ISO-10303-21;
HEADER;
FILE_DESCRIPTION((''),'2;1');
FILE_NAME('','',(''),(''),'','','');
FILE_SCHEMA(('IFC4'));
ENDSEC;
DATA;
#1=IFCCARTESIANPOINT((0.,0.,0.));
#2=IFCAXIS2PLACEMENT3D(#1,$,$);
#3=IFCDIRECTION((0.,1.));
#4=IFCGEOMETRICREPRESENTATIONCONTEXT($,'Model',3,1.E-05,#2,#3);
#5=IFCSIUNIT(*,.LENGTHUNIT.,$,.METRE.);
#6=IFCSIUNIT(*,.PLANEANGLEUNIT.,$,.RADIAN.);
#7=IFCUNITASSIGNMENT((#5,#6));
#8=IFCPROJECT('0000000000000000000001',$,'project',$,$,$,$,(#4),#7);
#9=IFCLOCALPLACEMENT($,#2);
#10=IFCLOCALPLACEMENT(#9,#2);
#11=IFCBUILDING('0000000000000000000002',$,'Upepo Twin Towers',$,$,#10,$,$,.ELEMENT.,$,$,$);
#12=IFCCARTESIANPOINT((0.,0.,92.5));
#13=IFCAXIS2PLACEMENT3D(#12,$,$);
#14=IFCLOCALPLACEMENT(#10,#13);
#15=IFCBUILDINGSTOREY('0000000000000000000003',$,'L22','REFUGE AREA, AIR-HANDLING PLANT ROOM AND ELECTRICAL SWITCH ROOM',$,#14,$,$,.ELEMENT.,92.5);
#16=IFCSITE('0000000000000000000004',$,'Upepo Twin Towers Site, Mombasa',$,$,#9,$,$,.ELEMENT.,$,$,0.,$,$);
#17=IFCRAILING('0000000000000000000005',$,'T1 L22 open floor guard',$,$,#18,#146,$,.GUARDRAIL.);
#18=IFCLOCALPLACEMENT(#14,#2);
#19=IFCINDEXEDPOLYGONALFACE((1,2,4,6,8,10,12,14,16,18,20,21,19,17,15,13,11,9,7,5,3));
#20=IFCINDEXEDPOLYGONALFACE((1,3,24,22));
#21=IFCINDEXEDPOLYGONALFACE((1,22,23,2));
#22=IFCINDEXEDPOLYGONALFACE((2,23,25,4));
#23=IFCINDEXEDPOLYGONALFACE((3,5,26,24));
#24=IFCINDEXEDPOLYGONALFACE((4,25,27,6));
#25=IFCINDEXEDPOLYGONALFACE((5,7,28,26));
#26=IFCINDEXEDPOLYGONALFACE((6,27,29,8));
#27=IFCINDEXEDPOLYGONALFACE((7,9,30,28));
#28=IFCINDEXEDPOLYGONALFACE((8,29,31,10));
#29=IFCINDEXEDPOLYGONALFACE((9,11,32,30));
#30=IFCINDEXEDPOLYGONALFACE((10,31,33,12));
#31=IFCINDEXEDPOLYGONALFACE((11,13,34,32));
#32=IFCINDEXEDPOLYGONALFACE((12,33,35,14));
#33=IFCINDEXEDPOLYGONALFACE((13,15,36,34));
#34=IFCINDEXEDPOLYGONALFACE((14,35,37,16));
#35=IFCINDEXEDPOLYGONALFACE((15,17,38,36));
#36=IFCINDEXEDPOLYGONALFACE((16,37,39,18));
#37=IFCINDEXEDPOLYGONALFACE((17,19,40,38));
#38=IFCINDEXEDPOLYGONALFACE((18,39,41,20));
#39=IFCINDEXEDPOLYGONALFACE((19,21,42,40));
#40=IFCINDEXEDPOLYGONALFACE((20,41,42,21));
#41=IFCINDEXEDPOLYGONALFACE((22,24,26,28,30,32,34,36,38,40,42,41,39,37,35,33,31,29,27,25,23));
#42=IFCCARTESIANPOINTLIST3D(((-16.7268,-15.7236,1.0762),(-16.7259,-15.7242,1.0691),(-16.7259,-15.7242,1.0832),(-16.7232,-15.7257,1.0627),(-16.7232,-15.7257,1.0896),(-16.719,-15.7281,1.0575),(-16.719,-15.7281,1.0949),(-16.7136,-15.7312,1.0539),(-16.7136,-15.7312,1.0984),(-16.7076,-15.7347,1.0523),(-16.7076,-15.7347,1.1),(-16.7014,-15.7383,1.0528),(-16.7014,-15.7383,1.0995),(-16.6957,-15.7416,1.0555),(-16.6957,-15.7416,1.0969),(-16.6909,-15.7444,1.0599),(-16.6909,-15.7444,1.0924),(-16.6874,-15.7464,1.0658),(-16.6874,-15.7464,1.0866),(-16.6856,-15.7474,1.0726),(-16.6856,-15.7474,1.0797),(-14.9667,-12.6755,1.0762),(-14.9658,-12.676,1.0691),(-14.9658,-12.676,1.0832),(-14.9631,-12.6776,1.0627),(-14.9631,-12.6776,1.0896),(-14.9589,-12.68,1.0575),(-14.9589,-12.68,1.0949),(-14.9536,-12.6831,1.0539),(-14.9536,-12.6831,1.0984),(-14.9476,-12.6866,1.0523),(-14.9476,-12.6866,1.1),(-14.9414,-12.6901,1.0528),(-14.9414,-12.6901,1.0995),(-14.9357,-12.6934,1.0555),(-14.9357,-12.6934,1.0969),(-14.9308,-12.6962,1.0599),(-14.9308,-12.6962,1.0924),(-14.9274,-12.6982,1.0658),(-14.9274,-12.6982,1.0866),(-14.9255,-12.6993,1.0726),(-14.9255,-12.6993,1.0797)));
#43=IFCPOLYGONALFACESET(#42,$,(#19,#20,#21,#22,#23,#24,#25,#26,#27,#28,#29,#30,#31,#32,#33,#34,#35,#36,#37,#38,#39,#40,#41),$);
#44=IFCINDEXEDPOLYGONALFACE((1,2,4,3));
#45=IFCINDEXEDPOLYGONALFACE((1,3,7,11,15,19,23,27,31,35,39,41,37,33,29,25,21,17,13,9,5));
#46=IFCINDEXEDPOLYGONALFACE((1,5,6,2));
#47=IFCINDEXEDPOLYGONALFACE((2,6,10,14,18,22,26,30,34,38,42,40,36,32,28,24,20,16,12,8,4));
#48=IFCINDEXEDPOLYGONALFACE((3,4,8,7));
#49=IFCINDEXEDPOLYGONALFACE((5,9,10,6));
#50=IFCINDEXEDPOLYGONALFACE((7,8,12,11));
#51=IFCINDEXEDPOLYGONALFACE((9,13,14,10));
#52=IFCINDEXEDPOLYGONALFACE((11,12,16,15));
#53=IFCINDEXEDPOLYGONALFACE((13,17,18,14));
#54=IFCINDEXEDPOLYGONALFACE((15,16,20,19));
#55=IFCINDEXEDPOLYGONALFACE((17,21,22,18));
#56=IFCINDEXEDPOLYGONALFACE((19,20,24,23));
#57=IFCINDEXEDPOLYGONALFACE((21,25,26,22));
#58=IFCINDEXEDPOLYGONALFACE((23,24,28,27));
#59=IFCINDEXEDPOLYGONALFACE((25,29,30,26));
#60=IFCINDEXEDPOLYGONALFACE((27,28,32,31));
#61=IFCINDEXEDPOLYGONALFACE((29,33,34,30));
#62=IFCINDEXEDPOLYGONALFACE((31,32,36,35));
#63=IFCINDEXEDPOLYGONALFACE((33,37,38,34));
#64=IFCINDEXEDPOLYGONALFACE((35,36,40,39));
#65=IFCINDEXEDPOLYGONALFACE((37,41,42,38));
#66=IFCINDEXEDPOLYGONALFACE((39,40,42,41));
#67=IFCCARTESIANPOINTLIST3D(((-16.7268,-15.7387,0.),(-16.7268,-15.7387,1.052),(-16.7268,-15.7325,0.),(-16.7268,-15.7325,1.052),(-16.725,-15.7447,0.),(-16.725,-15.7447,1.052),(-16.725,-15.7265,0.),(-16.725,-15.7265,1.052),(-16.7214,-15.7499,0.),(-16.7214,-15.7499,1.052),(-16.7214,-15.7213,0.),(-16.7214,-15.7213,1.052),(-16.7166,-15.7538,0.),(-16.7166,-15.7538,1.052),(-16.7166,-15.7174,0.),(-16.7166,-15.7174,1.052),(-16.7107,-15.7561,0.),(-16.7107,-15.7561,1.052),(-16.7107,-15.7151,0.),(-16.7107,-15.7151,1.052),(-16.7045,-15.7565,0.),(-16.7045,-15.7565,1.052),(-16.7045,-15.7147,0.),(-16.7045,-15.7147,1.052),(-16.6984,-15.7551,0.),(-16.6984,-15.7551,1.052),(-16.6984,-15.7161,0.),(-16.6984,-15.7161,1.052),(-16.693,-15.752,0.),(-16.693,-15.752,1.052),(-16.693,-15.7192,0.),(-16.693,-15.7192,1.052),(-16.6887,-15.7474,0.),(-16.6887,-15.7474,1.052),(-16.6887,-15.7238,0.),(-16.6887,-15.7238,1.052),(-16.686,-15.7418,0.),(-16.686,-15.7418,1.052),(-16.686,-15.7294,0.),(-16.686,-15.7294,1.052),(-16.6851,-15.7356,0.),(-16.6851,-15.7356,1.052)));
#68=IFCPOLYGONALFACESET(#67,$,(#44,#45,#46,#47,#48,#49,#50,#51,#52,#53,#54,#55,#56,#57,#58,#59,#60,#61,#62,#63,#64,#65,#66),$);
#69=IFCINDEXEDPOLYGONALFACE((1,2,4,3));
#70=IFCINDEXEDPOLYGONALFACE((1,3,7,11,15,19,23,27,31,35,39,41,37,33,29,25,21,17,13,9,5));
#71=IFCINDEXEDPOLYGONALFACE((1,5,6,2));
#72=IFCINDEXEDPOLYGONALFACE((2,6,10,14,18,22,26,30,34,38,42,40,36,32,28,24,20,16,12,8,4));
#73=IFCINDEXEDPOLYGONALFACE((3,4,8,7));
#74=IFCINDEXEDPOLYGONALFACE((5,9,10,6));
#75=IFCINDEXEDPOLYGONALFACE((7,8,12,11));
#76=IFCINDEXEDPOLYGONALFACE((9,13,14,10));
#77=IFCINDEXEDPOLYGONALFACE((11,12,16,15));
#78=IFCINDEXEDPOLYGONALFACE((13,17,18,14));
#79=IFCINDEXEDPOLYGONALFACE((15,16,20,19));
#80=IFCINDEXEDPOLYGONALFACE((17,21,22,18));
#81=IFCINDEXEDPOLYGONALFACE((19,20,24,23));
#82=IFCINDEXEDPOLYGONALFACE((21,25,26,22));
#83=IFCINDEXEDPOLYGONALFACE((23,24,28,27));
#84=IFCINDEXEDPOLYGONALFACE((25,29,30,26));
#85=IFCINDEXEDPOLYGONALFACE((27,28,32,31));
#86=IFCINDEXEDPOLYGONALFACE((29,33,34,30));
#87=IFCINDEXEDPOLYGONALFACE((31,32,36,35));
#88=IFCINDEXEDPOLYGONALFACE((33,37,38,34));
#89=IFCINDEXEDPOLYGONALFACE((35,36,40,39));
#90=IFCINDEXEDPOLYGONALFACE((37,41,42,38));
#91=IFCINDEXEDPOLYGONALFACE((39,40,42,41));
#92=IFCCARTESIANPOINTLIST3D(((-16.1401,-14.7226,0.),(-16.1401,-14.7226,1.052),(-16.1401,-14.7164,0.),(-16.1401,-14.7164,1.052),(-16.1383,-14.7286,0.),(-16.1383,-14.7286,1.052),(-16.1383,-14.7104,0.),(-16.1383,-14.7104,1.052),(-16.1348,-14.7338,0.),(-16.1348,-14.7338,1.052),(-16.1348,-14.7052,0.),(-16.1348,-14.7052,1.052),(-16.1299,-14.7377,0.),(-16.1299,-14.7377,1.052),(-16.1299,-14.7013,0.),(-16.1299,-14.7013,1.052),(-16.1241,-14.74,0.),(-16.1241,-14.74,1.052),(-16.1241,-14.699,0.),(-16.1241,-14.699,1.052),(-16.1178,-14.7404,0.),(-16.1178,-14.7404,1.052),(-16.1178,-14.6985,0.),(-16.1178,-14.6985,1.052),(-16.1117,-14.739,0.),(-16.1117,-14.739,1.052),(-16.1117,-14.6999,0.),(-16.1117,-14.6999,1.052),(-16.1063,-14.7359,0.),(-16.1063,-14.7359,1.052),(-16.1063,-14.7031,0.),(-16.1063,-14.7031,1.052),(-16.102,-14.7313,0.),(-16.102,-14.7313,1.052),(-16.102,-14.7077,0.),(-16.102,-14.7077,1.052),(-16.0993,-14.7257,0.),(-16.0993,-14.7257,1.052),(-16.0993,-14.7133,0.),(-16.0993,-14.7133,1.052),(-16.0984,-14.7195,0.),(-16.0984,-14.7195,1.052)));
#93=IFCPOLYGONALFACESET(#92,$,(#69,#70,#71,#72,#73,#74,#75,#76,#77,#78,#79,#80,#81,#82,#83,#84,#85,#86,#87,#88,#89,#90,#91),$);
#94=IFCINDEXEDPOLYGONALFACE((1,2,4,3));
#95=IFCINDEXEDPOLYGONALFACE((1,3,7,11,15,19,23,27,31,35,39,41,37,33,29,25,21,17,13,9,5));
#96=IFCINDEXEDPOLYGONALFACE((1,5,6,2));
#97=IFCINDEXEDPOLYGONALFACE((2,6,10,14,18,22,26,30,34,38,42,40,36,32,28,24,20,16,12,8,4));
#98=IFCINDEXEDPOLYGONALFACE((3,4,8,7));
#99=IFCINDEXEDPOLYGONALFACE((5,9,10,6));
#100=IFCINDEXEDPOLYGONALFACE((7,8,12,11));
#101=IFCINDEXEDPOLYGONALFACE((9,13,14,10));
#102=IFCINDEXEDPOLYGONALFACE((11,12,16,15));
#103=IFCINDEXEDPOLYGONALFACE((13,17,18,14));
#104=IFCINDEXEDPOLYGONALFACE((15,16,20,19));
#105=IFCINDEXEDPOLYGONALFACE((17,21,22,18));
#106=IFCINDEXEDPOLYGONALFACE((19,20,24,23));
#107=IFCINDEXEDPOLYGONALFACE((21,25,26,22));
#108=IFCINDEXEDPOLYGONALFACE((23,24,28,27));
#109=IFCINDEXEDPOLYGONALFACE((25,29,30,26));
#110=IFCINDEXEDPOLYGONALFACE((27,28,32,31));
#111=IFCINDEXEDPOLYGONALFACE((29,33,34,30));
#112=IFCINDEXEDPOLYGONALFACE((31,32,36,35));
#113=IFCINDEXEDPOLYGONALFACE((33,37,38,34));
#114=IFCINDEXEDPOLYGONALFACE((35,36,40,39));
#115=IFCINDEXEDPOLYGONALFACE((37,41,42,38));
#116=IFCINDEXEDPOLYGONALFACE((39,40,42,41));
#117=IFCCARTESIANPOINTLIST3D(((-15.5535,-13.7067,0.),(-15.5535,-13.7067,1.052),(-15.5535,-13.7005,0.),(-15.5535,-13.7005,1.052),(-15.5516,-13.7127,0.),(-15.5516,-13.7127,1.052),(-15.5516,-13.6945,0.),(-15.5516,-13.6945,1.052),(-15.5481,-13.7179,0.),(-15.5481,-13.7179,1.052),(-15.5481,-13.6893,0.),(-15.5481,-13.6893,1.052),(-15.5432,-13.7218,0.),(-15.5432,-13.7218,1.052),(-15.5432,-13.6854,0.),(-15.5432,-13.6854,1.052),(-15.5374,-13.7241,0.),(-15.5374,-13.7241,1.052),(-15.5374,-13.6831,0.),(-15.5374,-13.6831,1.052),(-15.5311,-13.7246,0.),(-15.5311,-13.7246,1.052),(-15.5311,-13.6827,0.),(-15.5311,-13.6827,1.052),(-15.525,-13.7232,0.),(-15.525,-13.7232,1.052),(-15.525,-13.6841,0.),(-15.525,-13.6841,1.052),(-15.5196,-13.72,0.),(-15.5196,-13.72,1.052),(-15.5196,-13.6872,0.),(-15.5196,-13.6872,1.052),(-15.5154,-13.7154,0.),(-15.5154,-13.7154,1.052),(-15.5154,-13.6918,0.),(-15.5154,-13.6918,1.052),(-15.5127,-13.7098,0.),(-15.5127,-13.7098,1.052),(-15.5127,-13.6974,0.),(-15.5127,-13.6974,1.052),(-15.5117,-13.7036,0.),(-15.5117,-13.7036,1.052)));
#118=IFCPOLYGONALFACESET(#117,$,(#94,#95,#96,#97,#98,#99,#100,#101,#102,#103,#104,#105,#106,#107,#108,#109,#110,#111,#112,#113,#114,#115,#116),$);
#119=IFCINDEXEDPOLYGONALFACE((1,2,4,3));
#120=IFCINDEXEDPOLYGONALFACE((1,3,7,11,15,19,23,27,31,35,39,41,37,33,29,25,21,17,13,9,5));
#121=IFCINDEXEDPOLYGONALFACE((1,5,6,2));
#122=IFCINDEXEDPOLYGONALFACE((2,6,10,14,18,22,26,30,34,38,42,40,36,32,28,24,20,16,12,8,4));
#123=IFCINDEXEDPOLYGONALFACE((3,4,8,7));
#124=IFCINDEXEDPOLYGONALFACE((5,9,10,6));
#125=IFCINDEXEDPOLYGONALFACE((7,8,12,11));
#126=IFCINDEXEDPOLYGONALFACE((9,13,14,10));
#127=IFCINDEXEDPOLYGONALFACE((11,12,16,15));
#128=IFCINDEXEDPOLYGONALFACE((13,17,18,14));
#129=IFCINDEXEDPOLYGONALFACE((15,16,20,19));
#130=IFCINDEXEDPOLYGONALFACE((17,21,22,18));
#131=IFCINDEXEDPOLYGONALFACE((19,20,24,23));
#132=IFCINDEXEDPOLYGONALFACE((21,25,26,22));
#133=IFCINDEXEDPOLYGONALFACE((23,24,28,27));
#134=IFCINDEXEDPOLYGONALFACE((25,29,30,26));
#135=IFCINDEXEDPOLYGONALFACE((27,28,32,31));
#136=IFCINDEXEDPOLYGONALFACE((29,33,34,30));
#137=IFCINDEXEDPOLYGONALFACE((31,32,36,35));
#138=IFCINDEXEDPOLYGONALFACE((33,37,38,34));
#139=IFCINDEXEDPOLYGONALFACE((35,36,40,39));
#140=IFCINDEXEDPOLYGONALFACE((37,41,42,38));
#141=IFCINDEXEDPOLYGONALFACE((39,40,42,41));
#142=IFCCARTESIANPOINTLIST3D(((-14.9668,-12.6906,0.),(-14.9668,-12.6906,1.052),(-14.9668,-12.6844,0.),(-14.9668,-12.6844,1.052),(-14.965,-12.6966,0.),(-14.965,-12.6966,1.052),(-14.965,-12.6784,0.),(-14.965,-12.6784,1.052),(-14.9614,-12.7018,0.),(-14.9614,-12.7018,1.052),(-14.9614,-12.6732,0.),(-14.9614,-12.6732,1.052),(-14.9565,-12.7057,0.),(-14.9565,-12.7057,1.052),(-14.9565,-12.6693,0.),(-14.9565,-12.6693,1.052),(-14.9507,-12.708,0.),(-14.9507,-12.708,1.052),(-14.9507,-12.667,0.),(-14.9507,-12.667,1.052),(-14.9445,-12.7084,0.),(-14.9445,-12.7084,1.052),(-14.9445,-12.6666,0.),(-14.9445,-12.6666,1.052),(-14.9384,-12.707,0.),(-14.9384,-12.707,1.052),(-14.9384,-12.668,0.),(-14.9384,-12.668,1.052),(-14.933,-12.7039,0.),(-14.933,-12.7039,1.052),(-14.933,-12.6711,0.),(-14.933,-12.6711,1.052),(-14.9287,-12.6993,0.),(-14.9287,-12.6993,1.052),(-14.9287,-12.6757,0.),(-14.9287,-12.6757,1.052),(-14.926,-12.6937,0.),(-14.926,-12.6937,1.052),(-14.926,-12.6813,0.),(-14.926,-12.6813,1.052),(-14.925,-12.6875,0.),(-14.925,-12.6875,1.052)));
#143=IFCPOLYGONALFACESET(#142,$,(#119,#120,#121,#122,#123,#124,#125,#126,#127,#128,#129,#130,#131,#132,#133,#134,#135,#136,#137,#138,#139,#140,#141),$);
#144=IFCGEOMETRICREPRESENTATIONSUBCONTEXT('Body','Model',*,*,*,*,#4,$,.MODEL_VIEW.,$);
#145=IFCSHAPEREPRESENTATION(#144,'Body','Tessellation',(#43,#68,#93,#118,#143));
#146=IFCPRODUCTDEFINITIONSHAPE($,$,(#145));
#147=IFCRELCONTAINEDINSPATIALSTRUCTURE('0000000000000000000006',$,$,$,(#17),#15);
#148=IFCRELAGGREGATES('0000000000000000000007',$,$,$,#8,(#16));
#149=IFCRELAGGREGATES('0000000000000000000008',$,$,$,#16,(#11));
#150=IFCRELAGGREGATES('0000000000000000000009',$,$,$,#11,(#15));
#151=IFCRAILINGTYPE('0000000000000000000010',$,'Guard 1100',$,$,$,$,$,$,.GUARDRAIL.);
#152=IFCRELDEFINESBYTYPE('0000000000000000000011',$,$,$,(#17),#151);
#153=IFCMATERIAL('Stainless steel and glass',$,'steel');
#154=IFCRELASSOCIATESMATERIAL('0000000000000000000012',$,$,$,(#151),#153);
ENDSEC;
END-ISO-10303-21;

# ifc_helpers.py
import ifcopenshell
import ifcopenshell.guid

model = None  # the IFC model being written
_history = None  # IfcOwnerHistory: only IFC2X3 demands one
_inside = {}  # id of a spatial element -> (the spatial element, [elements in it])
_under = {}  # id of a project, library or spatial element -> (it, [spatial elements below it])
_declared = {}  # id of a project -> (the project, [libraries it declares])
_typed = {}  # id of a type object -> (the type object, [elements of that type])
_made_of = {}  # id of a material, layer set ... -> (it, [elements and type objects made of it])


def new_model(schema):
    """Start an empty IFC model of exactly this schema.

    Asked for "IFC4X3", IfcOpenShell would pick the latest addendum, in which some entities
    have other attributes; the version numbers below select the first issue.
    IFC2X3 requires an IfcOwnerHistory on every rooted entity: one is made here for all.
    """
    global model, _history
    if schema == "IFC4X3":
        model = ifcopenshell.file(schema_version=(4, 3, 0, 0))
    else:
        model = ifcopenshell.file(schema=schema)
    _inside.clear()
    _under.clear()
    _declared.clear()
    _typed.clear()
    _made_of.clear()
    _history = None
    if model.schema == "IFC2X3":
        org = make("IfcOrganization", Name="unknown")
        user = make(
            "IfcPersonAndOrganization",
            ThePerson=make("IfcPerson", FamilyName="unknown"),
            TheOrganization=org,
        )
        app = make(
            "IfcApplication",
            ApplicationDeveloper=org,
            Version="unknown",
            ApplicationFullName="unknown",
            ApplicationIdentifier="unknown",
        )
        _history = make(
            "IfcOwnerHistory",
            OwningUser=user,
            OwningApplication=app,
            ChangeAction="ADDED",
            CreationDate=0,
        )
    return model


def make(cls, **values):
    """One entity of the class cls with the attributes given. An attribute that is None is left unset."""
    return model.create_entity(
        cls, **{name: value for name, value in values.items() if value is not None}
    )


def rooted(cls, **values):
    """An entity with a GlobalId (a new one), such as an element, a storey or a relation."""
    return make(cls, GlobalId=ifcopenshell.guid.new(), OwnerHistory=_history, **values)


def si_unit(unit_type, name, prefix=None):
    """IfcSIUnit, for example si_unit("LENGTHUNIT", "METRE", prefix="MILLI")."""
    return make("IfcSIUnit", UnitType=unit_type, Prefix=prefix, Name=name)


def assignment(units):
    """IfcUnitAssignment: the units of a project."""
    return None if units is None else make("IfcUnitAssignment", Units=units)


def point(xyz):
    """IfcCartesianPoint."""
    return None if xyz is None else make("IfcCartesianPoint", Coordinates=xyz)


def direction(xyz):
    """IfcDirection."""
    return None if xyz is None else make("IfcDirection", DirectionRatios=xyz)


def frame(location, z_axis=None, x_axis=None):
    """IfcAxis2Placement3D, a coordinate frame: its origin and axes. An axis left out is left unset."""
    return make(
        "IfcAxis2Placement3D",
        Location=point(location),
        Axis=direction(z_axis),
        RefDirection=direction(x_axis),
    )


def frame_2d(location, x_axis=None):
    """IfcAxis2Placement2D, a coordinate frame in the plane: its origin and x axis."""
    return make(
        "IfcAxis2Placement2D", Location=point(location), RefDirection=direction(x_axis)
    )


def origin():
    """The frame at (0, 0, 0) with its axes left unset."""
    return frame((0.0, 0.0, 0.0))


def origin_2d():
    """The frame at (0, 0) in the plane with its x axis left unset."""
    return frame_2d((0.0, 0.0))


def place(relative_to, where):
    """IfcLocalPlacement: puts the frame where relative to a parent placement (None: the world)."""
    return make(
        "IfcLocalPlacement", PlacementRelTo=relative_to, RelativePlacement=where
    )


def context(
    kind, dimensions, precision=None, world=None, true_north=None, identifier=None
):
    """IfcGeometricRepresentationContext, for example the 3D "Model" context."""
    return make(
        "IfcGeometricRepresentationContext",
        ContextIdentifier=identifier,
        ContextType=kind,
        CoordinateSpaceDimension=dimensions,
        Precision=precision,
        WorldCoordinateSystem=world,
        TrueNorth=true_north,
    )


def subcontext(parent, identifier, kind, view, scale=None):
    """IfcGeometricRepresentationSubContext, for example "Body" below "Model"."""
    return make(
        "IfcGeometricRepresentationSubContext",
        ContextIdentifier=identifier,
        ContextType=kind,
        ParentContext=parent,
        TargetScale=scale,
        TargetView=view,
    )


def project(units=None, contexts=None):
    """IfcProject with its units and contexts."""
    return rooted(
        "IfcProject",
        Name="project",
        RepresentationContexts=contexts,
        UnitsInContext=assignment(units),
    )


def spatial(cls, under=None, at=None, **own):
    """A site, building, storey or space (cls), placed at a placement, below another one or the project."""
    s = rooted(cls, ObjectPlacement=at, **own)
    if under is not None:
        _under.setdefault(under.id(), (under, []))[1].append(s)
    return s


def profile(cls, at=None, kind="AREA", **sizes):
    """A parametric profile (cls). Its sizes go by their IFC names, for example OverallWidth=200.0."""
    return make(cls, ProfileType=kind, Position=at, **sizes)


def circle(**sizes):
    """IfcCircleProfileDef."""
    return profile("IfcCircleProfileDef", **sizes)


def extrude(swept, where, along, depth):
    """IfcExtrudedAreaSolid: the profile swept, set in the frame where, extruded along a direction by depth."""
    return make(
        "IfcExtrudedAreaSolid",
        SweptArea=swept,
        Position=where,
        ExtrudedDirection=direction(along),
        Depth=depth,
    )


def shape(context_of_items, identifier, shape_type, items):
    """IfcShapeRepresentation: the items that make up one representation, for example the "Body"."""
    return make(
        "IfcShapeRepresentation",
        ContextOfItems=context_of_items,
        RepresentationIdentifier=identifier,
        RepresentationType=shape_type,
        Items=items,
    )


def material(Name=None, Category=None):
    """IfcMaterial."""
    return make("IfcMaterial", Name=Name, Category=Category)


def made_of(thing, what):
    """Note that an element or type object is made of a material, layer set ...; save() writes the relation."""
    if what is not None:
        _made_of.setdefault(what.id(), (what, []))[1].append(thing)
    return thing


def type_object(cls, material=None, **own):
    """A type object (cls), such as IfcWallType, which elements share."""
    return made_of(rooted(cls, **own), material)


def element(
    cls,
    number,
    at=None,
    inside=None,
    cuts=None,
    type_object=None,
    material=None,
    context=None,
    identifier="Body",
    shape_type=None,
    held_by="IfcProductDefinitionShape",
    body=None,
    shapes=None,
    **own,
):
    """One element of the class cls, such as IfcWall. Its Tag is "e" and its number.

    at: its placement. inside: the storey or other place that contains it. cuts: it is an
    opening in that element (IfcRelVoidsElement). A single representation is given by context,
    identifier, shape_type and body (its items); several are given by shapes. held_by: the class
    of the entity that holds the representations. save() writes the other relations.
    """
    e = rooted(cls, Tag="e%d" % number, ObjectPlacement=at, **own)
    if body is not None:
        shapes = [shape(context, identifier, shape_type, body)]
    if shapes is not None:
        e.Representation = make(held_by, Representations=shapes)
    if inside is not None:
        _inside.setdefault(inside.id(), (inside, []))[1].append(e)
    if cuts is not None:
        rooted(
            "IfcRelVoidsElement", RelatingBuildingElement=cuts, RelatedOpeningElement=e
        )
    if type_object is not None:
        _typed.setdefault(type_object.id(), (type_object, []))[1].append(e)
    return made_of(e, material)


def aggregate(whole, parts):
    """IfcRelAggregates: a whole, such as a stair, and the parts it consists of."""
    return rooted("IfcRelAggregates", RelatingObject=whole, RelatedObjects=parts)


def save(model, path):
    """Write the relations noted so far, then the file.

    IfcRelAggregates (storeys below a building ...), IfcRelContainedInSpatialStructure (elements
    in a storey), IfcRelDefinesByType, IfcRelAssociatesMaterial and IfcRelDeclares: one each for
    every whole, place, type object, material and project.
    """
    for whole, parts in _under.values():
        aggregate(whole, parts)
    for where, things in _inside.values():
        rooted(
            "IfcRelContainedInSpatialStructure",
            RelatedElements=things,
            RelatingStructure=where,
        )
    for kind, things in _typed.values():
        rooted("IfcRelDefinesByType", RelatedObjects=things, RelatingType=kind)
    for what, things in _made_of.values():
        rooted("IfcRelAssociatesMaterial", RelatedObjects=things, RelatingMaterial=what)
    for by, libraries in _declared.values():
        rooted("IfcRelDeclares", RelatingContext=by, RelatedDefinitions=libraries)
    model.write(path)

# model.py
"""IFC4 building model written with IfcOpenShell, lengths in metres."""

from ifc_helpers import new_model, si_unit, direction, frame, origin, origin_2d, place, context, subcontext, project, spatial, circle, extrude, material, type_object, element, save


model = new_model("IFC4")

# Units and contexts
model_context = context("Model", 3, precision=1e-05, world=origin(), true_north=direction((0.0, 1.0)))
body_context = subcontext(model_context, "Body", "Model", "MODEL_VIEW")
ifc_project = project(units=[si_unit("LENGTHUNIT", "METRE"), si_unit("PLANEANGLEUNIT", "RADIAN")], contexts=[model_context])

# Site, building, storey
site_placement = place(None, origin())
site = spatial("IfcSite", under=ifc_project, at=site_placement, Name="Upepo Twin Towers Site, Mombasa", CompositionType="ELEMENT", RefElevation=0.0)
building_placement = place(site_placement, origin())
building = spatial("IfcBuilding", under=site, at=building_placement, Name="Upepo Twin Towers", CompositionType="ELEMENT")
storey_placement = place(building_placement, frame((0.0, 0.0, 92.5)))
storey = spatial("IfcBuildingStorey", under=building, at=storey_placement, Name="L22", Description="REFUGE AREA, AIR-HANDLING PLANT ROOM AND ELECTRICAL SWITCH ROOM", CompositionType="ELEMENT", Elevation=92.5)

# Railing
ifc_material_1 = material(Name="Stainless steel and glass", Category="steel")
railing_type = type_object("IfcRailingType", Name="Guard 1100", PredefinedType="GUARDRAIL", material=ifc_material_1)
railing_1_placement = place(storey_placement, frame((-16.7061, -15.7356, 0.0)))
element("IfcRailing", 1, at=railing_1_placement, inside=storey, type_object=railing_type, Name="T1 L22 open floor guard", PredefinedType="GUARDRAIL", context=body_context, shape_type="SweptSolid", body=[
    extrude(circle(Radius=0.0239, at=origin_2d()), frame((0.0, 0.0, 1.0762), z_axis=(0.500041, 0.866002, 0.0), x_axis=(-0.866002, 0.500041, 0.0)), (0.0, 0.0, 1.0), 3.5198),
    extrude(circle(Radius=0.021, at=origin_2d()), origin(), (0.0, 0.0, 1.0), 1.052),
    extrude(circle(Radius=0.021, at=origin_2d()), frame((0.5867, 1.0161, 0.0)), (0.0, 0.0, 1.0), 1.052),
    extrude(circle(Radius=0.021, at=origin_2d()), frame((1.1733, 2.032, 0.0)), (0.0, 0.0, 1.0), 1.052),
    extrude(circle(Radius=0.021, at=origin_2d()), frame((1.76, 3.0481, 0.0)), (0.0, 0.0, 1.0), 1.052),
])

save(model, "model.ifc")
